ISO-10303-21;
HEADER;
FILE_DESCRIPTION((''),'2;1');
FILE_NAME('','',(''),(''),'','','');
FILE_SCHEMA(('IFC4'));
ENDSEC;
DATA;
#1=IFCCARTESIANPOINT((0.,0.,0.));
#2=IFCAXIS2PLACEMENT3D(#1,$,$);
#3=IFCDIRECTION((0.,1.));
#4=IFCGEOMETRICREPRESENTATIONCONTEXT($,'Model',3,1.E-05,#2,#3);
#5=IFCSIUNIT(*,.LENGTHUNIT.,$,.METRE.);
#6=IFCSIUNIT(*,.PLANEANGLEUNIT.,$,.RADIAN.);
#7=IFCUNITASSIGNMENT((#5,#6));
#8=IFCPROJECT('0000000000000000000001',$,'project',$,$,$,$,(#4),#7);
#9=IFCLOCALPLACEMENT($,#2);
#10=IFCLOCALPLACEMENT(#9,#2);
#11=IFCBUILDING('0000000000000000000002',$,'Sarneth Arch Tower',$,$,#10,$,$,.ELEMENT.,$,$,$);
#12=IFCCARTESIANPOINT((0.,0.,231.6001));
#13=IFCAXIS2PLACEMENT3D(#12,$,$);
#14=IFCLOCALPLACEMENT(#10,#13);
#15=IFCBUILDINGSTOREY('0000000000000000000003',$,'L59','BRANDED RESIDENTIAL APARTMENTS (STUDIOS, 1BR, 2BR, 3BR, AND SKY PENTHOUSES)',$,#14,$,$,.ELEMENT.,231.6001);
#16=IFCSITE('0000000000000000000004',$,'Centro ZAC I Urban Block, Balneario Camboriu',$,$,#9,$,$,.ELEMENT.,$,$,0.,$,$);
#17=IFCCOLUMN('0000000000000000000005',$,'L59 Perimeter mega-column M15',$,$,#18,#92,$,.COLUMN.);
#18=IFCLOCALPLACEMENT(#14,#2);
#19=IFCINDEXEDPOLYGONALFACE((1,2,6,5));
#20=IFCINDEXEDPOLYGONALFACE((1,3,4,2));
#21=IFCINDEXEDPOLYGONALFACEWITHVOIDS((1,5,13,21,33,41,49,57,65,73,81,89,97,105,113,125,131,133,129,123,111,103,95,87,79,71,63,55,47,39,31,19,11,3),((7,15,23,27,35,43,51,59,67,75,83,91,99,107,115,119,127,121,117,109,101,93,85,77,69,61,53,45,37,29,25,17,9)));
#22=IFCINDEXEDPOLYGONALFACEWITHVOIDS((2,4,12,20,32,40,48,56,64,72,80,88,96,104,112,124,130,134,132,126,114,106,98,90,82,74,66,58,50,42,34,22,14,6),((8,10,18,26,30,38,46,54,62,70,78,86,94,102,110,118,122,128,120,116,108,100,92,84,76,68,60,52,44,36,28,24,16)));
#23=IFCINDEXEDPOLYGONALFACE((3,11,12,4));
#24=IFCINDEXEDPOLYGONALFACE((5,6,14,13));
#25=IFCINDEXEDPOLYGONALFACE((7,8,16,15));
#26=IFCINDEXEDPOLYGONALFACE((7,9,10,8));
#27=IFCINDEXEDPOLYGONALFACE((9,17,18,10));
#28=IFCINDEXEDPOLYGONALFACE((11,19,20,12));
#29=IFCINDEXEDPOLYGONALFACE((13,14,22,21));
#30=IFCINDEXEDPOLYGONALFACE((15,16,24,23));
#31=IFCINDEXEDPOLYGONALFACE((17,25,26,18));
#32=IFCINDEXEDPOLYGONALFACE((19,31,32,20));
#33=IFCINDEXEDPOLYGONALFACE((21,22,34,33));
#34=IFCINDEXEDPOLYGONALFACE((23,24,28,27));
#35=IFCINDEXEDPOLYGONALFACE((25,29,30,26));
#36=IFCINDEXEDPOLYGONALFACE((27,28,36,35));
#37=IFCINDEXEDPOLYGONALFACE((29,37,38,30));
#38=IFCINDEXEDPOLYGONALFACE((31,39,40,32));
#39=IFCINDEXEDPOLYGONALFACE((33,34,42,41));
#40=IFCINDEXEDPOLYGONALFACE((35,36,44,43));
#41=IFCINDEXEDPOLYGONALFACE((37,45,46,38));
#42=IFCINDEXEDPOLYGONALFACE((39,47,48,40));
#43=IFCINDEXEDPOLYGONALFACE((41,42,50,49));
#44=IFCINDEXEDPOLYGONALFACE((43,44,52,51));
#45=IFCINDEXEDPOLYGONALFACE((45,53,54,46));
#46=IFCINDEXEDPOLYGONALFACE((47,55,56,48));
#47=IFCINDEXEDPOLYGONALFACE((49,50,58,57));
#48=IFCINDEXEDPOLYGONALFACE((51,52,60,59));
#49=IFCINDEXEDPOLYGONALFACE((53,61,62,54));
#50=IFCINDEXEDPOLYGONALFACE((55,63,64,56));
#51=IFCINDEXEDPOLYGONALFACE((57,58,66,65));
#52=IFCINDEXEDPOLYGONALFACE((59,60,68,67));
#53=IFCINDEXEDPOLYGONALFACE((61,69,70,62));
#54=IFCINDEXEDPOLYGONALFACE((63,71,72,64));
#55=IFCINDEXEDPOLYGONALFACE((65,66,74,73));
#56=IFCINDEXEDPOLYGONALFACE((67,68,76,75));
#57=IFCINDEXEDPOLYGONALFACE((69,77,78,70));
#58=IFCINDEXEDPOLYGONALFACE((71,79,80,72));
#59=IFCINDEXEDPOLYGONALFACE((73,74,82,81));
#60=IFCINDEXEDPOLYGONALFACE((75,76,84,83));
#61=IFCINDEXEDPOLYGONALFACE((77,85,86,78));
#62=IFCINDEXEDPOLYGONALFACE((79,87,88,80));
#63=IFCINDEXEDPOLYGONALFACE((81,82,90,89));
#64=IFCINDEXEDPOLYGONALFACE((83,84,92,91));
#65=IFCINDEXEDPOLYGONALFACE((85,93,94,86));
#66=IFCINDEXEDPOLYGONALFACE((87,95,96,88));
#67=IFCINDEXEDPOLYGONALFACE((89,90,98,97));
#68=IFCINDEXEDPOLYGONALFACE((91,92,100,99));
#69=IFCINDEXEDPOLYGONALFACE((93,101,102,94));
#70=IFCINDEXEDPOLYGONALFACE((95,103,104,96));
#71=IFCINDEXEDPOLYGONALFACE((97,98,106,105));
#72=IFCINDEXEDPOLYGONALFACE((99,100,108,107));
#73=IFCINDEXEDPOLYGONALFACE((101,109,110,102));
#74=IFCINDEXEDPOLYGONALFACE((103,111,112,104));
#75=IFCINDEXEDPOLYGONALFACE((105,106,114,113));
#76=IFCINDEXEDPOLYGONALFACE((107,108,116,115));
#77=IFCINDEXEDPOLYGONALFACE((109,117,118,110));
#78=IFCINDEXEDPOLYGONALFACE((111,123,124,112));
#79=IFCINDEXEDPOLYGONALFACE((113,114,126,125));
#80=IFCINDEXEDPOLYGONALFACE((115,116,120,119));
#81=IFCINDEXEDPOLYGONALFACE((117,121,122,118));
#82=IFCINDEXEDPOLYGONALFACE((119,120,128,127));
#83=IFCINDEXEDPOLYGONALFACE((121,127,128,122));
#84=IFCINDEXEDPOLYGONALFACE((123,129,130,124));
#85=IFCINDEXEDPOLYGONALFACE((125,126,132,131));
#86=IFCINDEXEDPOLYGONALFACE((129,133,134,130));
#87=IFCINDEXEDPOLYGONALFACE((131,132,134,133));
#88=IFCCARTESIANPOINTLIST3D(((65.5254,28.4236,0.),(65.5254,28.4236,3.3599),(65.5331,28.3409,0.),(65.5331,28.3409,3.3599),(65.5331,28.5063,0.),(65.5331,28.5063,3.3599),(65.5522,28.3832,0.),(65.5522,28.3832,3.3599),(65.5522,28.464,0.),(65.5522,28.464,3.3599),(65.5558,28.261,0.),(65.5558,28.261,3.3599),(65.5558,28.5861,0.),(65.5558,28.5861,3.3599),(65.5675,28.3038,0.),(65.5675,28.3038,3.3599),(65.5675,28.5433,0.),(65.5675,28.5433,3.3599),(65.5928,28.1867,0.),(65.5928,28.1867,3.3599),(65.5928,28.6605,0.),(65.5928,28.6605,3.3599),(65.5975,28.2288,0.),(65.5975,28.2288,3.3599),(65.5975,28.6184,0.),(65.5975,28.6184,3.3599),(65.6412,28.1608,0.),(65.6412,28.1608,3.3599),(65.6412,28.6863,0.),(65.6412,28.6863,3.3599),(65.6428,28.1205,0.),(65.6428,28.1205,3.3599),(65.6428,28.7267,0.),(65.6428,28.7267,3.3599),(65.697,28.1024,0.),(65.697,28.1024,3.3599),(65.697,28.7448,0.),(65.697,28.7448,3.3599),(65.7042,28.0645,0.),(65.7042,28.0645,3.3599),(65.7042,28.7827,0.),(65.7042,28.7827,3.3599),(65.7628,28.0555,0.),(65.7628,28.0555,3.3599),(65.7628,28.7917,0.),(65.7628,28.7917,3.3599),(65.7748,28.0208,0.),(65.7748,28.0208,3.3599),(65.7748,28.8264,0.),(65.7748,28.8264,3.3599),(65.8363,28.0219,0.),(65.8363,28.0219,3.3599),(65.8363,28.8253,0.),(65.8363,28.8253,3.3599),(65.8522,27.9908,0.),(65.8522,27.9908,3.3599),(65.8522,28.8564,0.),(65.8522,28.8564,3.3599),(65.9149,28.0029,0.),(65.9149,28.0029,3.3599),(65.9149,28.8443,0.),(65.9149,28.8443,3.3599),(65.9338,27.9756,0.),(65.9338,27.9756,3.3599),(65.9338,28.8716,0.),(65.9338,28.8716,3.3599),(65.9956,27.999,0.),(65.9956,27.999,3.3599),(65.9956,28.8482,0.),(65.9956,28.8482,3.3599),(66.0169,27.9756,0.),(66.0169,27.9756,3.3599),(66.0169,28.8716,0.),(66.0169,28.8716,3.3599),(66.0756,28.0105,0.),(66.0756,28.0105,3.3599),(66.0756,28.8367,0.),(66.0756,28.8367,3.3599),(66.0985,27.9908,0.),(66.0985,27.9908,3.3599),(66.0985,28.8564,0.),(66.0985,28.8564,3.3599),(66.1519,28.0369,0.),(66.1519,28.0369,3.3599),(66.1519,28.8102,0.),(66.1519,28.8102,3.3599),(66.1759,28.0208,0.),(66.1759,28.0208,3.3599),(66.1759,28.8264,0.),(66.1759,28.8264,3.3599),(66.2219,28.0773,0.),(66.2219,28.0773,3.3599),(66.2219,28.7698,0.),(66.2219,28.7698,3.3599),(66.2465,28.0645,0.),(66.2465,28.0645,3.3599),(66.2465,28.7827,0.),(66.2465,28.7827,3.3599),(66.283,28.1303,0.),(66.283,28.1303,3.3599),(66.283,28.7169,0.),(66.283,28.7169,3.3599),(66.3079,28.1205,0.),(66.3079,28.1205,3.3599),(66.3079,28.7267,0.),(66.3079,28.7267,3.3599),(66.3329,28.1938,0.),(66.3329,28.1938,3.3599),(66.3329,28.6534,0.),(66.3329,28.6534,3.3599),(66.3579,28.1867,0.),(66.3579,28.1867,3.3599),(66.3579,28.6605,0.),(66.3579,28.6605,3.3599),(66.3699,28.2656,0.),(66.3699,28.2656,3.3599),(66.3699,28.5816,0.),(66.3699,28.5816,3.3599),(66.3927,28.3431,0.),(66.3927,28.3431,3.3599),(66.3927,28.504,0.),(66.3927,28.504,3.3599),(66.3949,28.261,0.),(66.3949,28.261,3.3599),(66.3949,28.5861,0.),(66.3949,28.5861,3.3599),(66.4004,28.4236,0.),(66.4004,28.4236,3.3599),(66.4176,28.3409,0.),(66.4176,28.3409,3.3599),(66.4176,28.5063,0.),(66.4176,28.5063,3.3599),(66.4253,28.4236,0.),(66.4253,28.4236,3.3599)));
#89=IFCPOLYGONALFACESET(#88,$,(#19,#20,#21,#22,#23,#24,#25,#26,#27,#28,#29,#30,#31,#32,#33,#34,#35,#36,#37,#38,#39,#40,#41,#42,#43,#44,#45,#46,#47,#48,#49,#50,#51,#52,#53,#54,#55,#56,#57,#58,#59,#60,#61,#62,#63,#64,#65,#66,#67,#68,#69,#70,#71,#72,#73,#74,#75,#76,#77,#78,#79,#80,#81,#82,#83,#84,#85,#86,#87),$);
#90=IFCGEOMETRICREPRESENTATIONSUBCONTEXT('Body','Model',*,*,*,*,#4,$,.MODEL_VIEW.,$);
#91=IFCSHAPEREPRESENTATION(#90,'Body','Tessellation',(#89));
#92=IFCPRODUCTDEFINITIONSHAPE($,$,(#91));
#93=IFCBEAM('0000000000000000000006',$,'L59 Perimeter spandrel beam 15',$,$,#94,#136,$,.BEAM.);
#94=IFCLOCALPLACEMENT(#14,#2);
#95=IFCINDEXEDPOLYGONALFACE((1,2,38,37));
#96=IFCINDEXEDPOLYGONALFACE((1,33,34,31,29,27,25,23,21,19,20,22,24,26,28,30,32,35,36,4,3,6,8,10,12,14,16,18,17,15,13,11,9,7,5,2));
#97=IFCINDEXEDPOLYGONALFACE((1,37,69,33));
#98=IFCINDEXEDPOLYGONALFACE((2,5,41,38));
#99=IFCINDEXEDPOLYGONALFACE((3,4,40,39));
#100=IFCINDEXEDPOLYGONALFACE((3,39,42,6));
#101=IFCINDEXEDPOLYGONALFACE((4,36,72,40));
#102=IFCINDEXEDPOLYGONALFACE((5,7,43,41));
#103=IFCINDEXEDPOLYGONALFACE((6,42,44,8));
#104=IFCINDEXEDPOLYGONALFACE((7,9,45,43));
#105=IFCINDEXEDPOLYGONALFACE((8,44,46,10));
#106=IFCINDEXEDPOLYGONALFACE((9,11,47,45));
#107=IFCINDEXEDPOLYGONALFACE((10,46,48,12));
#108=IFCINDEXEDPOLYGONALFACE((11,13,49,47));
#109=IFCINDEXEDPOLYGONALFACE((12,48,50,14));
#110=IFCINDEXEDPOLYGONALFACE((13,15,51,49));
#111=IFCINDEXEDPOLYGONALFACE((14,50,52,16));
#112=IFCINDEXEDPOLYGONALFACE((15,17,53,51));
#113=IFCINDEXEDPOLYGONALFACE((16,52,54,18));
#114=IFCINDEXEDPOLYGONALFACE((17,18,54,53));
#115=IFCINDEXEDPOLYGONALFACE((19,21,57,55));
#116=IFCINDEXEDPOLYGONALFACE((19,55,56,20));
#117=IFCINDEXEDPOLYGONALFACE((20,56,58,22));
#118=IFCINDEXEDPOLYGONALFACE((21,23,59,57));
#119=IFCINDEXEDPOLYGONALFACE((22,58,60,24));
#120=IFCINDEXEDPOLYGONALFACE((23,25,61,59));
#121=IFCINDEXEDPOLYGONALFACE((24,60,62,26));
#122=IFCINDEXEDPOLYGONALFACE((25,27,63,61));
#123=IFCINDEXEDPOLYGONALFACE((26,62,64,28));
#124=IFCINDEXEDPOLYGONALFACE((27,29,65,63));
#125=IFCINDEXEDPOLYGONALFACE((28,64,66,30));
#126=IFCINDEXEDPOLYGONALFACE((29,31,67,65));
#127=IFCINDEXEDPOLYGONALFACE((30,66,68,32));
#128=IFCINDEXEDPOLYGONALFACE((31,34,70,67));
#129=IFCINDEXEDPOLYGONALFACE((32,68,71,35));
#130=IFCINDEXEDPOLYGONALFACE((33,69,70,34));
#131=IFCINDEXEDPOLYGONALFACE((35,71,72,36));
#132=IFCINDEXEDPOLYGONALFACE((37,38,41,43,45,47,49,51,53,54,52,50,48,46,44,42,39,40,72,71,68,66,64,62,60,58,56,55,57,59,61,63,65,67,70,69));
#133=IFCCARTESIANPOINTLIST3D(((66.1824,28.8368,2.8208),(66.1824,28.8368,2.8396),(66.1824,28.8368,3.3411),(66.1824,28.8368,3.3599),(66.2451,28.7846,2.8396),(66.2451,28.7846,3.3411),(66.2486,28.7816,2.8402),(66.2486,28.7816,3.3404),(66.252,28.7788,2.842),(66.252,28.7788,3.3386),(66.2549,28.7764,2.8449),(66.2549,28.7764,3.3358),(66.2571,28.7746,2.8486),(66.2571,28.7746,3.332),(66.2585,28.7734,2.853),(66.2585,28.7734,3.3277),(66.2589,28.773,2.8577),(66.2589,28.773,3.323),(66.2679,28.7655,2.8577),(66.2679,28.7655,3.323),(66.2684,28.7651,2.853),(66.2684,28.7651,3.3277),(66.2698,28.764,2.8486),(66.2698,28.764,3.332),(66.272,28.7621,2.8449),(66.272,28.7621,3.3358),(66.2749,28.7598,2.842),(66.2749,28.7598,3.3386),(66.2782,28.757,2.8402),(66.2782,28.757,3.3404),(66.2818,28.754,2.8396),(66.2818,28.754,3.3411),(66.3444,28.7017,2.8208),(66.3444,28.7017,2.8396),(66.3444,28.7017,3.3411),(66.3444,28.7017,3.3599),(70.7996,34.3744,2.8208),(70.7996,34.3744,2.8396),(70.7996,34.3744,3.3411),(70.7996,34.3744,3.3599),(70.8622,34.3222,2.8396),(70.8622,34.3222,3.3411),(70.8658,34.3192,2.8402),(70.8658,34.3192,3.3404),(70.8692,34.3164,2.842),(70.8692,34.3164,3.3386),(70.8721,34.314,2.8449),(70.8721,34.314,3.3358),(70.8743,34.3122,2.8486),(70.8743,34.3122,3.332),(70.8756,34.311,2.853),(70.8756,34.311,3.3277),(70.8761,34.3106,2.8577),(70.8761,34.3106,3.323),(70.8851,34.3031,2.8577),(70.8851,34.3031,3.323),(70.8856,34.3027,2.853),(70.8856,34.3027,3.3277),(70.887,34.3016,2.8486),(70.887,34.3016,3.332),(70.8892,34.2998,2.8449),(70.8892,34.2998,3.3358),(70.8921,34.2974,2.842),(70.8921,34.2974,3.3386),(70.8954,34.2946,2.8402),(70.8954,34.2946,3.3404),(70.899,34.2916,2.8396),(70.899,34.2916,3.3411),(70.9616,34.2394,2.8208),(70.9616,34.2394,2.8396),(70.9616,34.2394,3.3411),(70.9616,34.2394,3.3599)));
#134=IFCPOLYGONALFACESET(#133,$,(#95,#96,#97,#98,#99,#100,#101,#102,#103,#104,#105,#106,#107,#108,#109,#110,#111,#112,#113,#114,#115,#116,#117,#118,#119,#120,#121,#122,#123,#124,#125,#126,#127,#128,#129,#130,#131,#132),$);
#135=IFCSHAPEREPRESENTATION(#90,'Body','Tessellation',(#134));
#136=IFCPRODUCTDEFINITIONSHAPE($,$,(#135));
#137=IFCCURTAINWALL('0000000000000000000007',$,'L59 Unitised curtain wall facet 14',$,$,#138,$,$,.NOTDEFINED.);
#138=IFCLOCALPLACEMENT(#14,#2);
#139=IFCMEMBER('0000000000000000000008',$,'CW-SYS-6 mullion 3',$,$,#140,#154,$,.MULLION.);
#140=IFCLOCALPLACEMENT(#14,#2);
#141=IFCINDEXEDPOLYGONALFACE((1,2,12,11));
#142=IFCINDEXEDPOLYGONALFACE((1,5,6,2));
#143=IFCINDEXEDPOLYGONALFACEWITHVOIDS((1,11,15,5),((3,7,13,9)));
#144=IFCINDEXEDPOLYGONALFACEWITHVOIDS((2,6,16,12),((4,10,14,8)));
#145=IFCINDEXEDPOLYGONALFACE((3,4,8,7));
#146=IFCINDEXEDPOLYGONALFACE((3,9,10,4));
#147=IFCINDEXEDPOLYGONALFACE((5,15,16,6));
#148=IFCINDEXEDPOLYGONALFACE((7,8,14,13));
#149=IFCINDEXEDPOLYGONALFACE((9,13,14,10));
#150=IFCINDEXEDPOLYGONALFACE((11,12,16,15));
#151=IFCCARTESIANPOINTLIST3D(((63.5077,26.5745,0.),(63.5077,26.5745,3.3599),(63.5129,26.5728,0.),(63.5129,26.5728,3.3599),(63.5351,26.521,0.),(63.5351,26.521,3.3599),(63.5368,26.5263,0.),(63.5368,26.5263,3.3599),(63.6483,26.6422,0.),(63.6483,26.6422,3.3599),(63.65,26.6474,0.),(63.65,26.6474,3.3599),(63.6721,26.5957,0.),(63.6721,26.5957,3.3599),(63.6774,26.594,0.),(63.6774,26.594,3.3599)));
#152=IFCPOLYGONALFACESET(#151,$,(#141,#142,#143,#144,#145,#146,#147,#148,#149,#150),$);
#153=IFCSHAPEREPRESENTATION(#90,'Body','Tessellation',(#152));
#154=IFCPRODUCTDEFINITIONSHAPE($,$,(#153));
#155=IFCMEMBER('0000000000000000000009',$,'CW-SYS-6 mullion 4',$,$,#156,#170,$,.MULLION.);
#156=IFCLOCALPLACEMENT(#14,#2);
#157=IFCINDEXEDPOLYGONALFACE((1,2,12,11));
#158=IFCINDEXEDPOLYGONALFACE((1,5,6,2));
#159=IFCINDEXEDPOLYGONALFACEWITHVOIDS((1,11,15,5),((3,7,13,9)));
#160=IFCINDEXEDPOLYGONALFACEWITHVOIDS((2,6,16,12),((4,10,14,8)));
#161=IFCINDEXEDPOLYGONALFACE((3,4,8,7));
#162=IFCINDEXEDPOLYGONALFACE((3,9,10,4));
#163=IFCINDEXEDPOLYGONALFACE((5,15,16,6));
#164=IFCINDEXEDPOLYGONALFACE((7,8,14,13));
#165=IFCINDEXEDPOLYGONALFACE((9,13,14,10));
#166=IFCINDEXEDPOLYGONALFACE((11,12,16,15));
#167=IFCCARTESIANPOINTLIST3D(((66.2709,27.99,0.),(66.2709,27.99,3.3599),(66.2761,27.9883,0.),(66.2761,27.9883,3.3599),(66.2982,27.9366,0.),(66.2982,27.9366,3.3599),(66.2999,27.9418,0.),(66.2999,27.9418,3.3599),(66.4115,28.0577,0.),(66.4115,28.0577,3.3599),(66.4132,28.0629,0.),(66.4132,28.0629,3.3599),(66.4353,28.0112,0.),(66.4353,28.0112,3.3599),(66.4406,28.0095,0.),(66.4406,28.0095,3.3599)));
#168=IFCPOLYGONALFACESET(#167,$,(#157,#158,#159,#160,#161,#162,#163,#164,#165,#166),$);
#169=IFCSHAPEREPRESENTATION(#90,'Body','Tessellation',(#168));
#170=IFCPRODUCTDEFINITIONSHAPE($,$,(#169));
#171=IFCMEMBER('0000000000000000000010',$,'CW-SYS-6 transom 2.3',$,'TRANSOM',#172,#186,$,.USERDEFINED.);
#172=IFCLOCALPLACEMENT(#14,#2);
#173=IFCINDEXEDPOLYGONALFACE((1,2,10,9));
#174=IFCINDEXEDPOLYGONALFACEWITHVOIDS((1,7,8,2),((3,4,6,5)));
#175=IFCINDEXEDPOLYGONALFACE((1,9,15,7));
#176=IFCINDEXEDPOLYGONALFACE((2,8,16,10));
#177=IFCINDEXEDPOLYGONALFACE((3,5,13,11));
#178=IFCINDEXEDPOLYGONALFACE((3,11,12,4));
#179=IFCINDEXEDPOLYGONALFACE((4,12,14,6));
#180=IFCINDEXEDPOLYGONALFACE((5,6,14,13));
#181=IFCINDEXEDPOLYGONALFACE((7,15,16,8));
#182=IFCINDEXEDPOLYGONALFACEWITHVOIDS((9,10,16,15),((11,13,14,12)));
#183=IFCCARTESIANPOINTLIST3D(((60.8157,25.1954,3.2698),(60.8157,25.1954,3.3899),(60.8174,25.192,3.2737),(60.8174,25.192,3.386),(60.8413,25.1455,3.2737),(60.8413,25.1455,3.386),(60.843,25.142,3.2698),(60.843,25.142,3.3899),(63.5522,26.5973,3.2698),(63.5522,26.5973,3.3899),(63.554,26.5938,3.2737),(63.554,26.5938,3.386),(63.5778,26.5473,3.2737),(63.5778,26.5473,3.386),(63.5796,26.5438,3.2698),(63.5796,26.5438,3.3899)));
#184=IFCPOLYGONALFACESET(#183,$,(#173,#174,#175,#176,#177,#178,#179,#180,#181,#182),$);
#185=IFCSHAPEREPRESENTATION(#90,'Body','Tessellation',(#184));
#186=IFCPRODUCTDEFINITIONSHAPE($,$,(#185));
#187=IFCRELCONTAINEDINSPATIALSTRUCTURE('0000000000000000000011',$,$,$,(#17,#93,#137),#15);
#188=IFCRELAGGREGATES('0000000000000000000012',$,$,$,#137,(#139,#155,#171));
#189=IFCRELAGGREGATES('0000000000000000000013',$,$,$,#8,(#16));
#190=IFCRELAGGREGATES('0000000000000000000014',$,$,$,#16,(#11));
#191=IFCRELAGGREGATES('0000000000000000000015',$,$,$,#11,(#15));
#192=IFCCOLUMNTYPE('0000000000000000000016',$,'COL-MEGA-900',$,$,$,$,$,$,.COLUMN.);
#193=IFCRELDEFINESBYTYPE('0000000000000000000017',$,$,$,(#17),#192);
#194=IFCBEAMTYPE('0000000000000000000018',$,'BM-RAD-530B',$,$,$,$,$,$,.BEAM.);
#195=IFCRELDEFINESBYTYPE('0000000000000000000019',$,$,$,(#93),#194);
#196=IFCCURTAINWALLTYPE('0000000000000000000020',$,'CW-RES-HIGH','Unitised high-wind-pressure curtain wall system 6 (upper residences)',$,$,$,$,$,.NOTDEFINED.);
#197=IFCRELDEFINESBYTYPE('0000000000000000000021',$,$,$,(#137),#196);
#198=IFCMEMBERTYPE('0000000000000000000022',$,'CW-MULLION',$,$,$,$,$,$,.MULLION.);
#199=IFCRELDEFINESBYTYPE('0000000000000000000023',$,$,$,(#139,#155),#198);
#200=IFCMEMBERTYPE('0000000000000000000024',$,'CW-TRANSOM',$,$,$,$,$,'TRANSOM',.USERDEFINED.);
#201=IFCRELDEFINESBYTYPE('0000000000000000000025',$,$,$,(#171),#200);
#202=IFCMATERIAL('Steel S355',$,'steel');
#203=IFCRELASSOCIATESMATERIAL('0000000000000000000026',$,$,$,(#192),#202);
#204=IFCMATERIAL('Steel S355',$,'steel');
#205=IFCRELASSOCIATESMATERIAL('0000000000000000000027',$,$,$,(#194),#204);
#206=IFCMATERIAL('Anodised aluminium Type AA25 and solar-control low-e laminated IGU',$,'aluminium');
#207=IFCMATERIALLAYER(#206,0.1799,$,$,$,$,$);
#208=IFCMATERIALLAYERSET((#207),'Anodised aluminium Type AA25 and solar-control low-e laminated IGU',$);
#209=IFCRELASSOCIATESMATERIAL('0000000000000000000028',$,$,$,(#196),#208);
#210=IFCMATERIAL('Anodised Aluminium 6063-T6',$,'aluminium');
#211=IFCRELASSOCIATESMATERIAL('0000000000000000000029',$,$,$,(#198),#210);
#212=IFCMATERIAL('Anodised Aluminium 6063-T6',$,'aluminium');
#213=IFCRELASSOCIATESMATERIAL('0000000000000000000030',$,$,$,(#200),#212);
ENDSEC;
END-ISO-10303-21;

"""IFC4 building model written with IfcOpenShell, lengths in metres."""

from ifc_helpers import new_model, si_unit, direction, frame, origin, origin_2d, place, context, subcontext, project, spatial, hollow_rectangle, hollow_circle, i_section, extrude, material, layer, layer_set, material_profile, profile_set, type_object, element, aggregate, save


model = new_model("IFC4")

# Units and contexts
model_context = context("Model", 3, precision=1e-05, world=origin(), true_north=direction((0.0, 1.0)))
body_context = subcontext(model_context, "Body", "Model", "MODEL_VIEW")
ifc_project = project(units=[si_unit("LENGTHUNIT", "METRE"), si_unit("PLANEANGLEUNIT", "RADIAN")], contexts=[model_context])

# Site, building, storey
site_placement = place(None, origin())
site = spatial("IfcSite", under=ifc_project, at=site_placement, Name="Centro ZAC I Urban Block, Balneario Camboriu", CompositionType="ELEMENT", RefElevation=0.0)
building_placement = place(site_placement, origin())
building = spatial("IfcBuilding", under=site, at=building_placement, Name="Sarneth Arch Tower", CompositionType="ELEMENT")
storey_placement = place(building_placement, frame((0.0, 0.0, 231.6001)))
storey = spatial("IfcBuildingStorey", under=building, at=storey_placement, Name="L59", Description="BRANDED RESIDENTIAL APARTMENTS (STUDIOS, 1BR, 2BR, 3BR, AND SKY PENTHOUSES)", CompositionType="ELEMENT", Elevation=231.6001)

# Column
ifc_material_1 = material(Name="Steel S355", Category="steel")
ifc_material_profile_1 = material_profile(ifc_material_1, hollow_circle(Radius=0.45, WallThickness=0.0249, at=origin_2d()), Name="CHS900x25")
ifc_profile_set_1 = profile_set([ifc_material_profile_1], Name="Steel S355")
column_type = type_object("IfcColumnType", Name="COL-MEGA-900", PredefinedType="COLUMN", material=ifc_profile_set_1)
column_placement = place(storey_placement, frame((65.9753, 28.4236, 0.0), z_axis=(0.0, 0.0, 1.0), x_axis=(1.0, 0.0, 0.0)))
element("IfcColumn", 1, at=column_placement, inside=storey, type_object=column_type, Name="L59 Perimeter mega-column M15", PredefinedType="COLUMN", context=body_context, shape_type="SweptSolid", body=[
    extrude(hollow_circle(Radius=0.45, WallThickness=0.0249, at=origin_2d()), origin(), (0.0, 0.0, 1.0), 3.3599),
])

# Beam
ifc_material_2 = material(Name="Steel S355", Category="steel")
ifc_material_profile_2 = material_profile(ifc_material_2, i_section(OverallWidth=0.2109, OverallDepth=0.5391, WebThickness=0.0117, FlangeThickness=0.0188, FilletRadius=0.0181, at=origin_2d()), Name="W530x109")
ifc_profile_set_2 = profile_set([ifc_material_profile_2], Name="Steel S355")
beam_type = type_object("IfcBeamType", Name="BM-RAD-530B", PredefinedType="BEAM", material=ifc_profile_set_2)
beam_placement = place(storey_placement, frame((66.2634, 28.7693, 3.0903), z_axis=(0.640391, 0.768049, 0.0), x_axis=(-0.768049, 0.640391, 0.0)))
element("IfcBeam", 2, at=beam_placement, inside=storey, type_object=beam_type, Name="L59 Perimeter spandrel beam 15", PredefinedType="BEAM", context=body_context, shape_type="SweptSolid", body=[
    extrude(i_section(OverallWidth=0.2109, OverallDepth=0.5391, WebThickness=0.0117, FlangeThickness=0.0188, FilletRadius=0.0181, at=origin_2d()), origin(), (0.0, 0.0, 1.0), 7.21),
])

# Curtain wall, members
ifc_material_3 = material(Name="Anodised aluminium Type AA25 and solar-control low-e laminated IGU", Category="aluminium")
ifc_layer_1 = layer(ifc_material_3, 0.1799)
ifc_layer_set_1 = layer_set([ifc_layer_1], Name="Anodised aluminium Type AA25 and solar-control low-e laminated IGU")
curtain_wall_type = type_object("IfcCurtainWallType", Name="CW-RES-HIGH", Description="Unitised high-wind-pressure curtain wall system 6 (upper residences)", PredefinedType="NOTDEFINED", material=ifc_layer_set_1)
curtain_wall_placement = place(storey_placement, origin())
curtain_wall = element("IfcCurtainWall", 3, at=curtain_wall_placement, inside=storey, type_object=curtain_wall_type, Name="L59 Unitised curtain wall facet 14", PredefinedType="NOTDEFINED")
ifc_material_4 = material(Name="Anodised Aluminium 6063-T6", Category="aluminium")
ifc_material_profile_3 = material_profile(ifc_material_4, hollow_rectangle(XDim=0.0601, YDim=0.1599, WallThickness=0.0039, at=origin_2d()), Name="AL-MULL-160x60x4")
ifc_profile_set_3 = profile_set([ifc_material_profile_3], Name="Anodised Aluminium 6063-T6")
member_type_1 = type_object("IfcMemberType", Name="CW-MULLION", PredefinedType="MULLION", material=ifc_profile_set_3)
member_1_placement = place(storey_placement, frame((63.5925, 26.5842, 0.0), z_axis=(0.0, 0.0, 1.0), x_axis=(-0.455942, 0.89001, 0.0)))
member_1 = element("IfcMember", 4, at=member_1_placement, type_object=member_type_1, Name="CW-SYS-6 mullion 3", PredefinedType="MULLION", context=body_context, shape_type="SweptSolid", body=[
    extrude(hollow_rectangle(XDim=0.0601, YDim=0.1599, WallThickness=0.0039, at=origin_2d()), origin(), (0.0, 0.0, 1.0), 3.3599),
])
member_2_placement = place(storey_placement, frame((66.3557, 27.9998, 0.0), z_axis=(0.0, 0.0, 1.0), x_axis=(-0.455942, 0.89001, 0.0)))
member_2 = element("IfcMember", 5, at=member_2_placement, type_object=member_type_1, Name="CW-SYS-6 mullion 4", PredefinedType="MULLION", context=body_context, shape_type="SweptSolid", body=[
    extrude(hollow_rectangle(XDim=0.0601, YDim=0.1599, WallThickness=0.0039, at=origin_2d()), origin(), (0.0, 0.0, 1.0), 3.3599),
])
ifc_material_5 = material(Name="Anodised Aluminium 6063-T6", Category="aluminium")
ifc_material_profile_4 = material_profile(ifc_material_5, hollow_rectangle(XDim=0.0601, YDim=0.1201, WallThickness=0.0039, at=origin_2d()), Name="AL-TRAN-120x60x4")
ifc_profile_set_4 = profile_set([ifc_material_profile_4], Name="Anodised Aluminium 6063-T6")
member_type_2 = type_object("IfcMemberType", Name="CW-TRANSOM", ElementType="TRANSOM", PredefinedType="USERDEFINED", material=ifc_profile_set_4)
member_3_placement = place(storey_placement, frame((60.8293, 25.1687, 3.3298), z_axis=(0.890017, 0.455926, 0.0), x_axis=(-0.455926, 0.890017, 0.0)))
member_3 = element("IfcMember", 6, at=member_3_placement, type_object=member_type_2, Name="CW-SYS-6 transom 2.3", ObjectType="TRANSOM", PredefinedType="USERDEFINED", context=body_context, shape_type="SweptSolid", body=[
    extrude(hollow_rectangle(XDim=0.0601, YDim=0.1201, WallThickness=0.0039, at=origin_2d()), origin(), (0.0, 0.0, 1.0), 3.0747),
])

aggregate(curtain_wall, [member_1, member_2, member_3])

save(model, "model.ifc")
